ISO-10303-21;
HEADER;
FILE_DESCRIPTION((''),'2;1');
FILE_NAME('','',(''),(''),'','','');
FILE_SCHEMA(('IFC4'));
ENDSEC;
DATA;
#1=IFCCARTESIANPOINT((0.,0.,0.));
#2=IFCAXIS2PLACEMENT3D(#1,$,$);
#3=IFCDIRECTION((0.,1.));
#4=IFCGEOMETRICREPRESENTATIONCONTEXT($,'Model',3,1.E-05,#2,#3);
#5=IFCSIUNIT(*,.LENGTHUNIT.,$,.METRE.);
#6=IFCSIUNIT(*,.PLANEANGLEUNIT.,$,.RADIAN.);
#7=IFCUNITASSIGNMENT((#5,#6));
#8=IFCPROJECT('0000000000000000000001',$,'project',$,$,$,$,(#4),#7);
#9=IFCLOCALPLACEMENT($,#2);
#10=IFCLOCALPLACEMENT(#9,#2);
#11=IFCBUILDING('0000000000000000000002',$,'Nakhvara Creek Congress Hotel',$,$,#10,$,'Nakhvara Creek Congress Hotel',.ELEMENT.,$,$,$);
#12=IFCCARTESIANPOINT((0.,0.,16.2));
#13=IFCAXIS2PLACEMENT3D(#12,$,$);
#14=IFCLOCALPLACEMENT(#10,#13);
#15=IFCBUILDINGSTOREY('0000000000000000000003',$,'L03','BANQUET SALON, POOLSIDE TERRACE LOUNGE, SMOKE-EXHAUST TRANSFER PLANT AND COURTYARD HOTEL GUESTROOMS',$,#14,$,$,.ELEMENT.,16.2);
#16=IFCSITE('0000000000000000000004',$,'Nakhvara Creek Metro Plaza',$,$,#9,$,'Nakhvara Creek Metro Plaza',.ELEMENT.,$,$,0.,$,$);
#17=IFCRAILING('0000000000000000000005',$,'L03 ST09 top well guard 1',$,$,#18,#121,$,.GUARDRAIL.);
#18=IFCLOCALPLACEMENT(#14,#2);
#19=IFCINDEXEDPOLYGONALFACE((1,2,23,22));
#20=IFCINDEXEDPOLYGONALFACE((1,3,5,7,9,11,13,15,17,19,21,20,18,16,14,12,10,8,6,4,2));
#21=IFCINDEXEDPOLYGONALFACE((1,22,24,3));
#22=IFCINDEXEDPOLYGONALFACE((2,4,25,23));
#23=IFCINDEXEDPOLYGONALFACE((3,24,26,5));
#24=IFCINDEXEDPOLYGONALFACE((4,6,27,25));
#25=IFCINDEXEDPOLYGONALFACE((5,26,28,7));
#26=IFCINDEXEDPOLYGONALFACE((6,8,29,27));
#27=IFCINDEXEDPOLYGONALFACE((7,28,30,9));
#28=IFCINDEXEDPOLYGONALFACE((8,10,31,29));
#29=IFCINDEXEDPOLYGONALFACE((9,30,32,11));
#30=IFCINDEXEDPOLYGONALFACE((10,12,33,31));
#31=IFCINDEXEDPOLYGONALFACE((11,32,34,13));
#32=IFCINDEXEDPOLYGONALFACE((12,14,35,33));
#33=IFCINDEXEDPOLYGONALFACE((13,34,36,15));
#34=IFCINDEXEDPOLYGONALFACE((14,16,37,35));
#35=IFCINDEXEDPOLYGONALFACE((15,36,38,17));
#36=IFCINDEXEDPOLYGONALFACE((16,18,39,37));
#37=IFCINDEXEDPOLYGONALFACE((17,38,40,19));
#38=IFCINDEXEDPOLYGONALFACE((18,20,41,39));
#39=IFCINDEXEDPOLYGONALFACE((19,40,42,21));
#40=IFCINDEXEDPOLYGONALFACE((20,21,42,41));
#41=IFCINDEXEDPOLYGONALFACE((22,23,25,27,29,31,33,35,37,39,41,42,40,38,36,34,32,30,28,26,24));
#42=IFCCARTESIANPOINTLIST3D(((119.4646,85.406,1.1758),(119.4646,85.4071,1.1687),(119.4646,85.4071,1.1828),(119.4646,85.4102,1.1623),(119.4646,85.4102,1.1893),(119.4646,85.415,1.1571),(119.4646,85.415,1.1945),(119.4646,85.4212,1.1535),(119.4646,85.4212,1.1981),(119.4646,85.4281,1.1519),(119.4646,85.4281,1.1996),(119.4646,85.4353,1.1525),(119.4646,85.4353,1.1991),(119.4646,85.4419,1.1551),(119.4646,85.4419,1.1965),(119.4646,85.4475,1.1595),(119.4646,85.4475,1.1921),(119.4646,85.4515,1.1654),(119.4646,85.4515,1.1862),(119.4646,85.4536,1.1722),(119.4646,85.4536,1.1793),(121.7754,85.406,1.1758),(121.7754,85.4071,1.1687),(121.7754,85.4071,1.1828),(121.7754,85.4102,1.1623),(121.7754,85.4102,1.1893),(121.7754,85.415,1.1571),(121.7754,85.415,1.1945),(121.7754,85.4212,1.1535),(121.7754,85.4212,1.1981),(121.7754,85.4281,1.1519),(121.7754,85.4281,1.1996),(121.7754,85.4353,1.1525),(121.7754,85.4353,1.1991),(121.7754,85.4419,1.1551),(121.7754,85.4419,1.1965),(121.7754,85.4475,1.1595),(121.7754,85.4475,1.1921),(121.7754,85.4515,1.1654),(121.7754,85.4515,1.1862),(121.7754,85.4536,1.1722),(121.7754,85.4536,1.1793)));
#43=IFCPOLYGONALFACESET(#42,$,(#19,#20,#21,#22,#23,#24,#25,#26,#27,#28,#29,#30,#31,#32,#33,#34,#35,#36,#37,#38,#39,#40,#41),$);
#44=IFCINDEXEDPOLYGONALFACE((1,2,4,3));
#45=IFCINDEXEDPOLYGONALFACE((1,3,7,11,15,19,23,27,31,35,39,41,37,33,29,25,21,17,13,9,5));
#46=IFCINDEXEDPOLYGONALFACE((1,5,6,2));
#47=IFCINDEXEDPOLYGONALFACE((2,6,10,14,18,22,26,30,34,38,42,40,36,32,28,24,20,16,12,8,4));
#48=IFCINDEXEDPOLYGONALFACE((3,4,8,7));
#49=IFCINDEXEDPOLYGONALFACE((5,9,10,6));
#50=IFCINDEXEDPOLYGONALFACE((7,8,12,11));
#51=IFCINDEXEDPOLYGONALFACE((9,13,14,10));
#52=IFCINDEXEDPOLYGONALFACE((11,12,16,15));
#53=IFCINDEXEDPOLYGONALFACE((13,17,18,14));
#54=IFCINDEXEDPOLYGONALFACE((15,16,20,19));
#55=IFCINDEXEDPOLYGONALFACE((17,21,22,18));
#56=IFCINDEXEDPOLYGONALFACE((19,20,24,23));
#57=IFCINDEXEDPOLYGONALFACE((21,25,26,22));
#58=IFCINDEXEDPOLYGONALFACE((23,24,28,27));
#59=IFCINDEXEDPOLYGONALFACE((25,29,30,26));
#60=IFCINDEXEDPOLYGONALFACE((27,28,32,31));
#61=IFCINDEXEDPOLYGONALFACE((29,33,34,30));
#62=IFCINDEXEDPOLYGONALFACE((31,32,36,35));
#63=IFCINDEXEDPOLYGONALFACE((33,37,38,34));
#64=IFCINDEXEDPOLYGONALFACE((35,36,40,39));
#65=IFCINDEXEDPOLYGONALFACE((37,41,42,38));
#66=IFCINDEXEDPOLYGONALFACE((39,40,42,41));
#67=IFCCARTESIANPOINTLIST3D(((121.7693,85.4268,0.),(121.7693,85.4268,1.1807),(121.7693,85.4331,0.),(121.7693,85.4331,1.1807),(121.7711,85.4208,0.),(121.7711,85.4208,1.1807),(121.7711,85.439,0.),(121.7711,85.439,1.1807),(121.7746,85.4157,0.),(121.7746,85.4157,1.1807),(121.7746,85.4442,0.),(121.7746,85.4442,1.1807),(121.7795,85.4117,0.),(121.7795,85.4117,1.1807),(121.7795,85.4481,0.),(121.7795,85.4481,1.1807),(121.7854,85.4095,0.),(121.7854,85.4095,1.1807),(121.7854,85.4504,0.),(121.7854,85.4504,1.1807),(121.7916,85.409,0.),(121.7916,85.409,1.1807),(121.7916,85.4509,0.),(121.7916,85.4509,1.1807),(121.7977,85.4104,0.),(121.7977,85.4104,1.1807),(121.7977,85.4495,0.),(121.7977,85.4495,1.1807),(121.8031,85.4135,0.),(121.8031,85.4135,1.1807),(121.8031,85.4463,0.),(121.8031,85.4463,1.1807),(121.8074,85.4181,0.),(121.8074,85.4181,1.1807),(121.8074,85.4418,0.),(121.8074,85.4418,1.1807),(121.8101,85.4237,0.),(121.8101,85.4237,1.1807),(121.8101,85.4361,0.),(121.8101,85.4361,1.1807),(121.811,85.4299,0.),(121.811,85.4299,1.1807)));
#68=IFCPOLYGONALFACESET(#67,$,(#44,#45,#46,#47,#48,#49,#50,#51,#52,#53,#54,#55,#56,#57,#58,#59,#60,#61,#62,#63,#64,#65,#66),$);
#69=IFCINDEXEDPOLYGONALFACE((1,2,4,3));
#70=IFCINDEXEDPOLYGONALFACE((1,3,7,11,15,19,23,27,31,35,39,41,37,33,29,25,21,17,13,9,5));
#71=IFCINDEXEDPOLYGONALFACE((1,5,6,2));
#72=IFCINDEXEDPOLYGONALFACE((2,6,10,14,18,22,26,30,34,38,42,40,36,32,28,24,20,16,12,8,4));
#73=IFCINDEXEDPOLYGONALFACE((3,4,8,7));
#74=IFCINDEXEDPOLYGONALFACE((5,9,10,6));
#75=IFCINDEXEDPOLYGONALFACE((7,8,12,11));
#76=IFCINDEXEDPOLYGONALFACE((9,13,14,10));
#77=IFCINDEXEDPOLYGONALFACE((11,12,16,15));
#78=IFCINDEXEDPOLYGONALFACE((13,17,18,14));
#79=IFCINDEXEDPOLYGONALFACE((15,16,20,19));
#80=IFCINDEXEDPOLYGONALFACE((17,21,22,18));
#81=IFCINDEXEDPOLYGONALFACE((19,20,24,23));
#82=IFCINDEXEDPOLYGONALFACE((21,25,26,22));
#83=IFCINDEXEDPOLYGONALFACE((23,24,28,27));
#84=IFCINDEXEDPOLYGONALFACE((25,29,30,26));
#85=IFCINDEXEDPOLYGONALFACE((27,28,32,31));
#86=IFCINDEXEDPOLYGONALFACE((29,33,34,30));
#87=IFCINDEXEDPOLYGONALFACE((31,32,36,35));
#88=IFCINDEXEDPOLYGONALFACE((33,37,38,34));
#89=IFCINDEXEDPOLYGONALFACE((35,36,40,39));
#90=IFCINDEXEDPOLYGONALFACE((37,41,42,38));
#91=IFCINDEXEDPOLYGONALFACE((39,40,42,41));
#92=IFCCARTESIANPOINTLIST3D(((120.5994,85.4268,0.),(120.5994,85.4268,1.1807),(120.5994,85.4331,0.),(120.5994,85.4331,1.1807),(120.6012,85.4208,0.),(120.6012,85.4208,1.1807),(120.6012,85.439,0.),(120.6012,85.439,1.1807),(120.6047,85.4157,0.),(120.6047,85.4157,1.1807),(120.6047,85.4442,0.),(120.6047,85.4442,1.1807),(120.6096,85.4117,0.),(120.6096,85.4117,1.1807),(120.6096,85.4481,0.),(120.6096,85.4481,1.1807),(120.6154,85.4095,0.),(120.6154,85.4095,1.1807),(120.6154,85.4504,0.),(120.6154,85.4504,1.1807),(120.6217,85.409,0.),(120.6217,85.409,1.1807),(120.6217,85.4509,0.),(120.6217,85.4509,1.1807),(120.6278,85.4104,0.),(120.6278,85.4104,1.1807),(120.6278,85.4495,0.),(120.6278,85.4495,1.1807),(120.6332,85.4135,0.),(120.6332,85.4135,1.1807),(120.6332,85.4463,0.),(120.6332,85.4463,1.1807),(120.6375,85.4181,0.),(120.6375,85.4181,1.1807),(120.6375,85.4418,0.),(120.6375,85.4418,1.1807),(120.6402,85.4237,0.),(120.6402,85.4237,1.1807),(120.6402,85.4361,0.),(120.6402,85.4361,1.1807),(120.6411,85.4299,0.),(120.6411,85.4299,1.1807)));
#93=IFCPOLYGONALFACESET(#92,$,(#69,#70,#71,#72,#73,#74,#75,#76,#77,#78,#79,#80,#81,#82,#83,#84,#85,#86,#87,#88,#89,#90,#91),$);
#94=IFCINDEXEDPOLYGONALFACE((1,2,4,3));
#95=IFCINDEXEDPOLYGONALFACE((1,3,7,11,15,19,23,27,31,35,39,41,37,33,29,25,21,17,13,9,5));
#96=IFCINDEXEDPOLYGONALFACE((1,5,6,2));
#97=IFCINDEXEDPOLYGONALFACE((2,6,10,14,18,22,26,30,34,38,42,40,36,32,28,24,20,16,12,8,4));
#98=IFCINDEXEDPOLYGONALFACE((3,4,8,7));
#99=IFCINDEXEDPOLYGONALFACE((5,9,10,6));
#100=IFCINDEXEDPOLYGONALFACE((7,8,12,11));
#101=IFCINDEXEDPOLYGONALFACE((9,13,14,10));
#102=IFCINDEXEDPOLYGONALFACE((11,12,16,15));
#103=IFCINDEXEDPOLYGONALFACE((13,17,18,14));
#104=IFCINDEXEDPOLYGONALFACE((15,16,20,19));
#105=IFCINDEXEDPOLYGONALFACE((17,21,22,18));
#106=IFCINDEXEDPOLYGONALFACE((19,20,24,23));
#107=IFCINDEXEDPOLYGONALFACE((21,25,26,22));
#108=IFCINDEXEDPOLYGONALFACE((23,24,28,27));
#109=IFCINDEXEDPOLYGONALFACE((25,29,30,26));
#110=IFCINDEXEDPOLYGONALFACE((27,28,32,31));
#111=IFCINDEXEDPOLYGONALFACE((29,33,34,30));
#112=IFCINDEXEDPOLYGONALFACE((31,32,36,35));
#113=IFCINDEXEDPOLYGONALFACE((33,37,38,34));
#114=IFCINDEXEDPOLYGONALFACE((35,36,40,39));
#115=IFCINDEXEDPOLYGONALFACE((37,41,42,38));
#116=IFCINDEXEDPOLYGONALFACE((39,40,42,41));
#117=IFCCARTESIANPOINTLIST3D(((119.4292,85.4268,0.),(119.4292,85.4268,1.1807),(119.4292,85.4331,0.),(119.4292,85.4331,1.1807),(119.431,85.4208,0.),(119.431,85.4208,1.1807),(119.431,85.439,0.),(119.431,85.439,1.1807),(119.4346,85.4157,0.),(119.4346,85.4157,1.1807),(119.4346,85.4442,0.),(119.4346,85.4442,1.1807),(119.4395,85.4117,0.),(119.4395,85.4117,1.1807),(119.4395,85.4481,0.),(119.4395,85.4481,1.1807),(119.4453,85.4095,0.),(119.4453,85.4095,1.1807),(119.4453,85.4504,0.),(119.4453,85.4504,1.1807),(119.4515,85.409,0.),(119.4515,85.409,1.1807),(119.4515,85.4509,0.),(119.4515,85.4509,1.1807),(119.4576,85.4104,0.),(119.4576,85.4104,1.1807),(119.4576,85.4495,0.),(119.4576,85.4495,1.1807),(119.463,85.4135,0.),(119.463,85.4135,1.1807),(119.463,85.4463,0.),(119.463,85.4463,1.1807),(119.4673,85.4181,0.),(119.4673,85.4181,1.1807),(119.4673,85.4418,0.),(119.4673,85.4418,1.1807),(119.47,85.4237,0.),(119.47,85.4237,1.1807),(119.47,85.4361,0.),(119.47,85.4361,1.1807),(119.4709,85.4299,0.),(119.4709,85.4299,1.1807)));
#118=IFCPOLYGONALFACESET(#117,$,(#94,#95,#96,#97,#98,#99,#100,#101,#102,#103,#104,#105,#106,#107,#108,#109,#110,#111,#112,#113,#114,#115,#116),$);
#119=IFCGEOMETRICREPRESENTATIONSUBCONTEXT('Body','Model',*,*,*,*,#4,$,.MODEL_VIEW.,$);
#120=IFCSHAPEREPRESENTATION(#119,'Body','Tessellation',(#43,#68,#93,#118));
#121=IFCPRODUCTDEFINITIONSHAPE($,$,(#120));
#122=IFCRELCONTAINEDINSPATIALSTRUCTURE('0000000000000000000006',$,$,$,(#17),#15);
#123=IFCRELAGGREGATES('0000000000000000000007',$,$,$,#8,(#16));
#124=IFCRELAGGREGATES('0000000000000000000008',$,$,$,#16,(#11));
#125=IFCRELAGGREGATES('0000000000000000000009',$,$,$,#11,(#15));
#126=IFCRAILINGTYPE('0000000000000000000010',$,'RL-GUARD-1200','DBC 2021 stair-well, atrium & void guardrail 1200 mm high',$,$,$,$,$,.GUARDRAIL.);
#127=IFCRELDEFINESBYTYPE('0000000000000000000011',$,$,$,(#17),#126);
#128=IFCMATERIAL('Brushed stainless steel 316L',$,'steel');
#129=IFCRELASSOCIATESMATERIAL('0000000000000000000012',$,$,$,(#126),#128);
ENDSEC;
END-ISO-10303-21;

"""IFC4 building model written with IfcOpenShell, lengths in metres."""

from ifc_helpers import new_model, si_unit, direction, frame, origin, origin_2d, place, context, subcontext, project, spatial, circle, extrude, material, type_object, element, save


model = new_model("IFC4")

# Units and contexts
model_context = context("Model", 3, precision=1e-05, world=origin(), true_north=direction((0.0, 1.0)))
body_context = subcontext(model_context, "Body", "Model", "MODEL_VIEW")
ifc_project = project(units=[si_unit("LENGTHUNIT", "METRE"), si_unit("PLANEANGLEUNIT", "RADIAN")], contexts=[model_context])

# Site, building, storey
site_placement = place(None, origin())
site = spatial("IfcSite", under=ifc_project, at=site_placement, Name="Nakhvara Creek Metro Plaza", LongName="Nakhvara Creek Metro Plaza", CompositionType="ELEMENT", RefElevation=0.0)
building_placement = place(site_placement, origin())
building = spatial("IfcBuilding", under=site, at=building_placement, Name="Nakhvara Creek Congress Hotel", LongName="Nakhvara Creek Congress Hotel", CompositionType="ELEMENT")
storey_placement = place(building_placement, frame((0.0, 0.0, 16.2)))
storey = spatial("IfcBuildingStorey", under=building, at=storey_placement, Name="L03", Description="BANQUET SALON, POOLSIDE TERRACE LOUNGE, SMOKE-EXHAUST TRANSFER PLANT AND COURTYARD HOTEL GUESTROOMS", CompositionType="ELEMENT", Elevation=16.2)

# Railing
ifc_material_1 = material(Name="Brushed stainless steel 316L", Category="steel")
railing_type = type_object("IfcRailingType", Name="RL-GUARD-1200", Description="DBC 2021 stair-well, atrium & void guardrail 1200 mm high", PredefinedType="GUARDRAIL", material=ifc_material_1)
railing_placement = place(storey_placement, frame((121.79, 85.4299, 0.0)))
element("IfcRailing", 1, at=railing_placement, inside=storey, type_object=railing_type, Name="L03 ST09 top well guard 1", PredefinedType="GUARDRAIL", context=body_context, shape_type="SweptSolid", body=[
    extrude(circle(Radius=0.0239, at=origin_2d()), frame((-0.0146, 0.0, 1.1758), z_axis=(-1.0, 0.0, 0.0), x_axis=(0.0, -1.0, 0.0)), (0.0, 0.0, 1.0), 2.3108),
    extrude(circle(Radius=0.021, at=origin_2d()), origin(), (0.0, 0.0, 1.0), 1.1807),
    extrude(circle(Radius=0.021, at=origin_2d()), frame((-1.1699, 0.0, 0.0)), (0.0, 0.0, 1.0), 1.1807),
    extrude(circle(Radius=0.021, at=origin_2d()), frame((-2.3401, 0.0, 0.0)), (0.0, 0.0, 1.0), 1.1807),
])

save(model, "model.ifc")
